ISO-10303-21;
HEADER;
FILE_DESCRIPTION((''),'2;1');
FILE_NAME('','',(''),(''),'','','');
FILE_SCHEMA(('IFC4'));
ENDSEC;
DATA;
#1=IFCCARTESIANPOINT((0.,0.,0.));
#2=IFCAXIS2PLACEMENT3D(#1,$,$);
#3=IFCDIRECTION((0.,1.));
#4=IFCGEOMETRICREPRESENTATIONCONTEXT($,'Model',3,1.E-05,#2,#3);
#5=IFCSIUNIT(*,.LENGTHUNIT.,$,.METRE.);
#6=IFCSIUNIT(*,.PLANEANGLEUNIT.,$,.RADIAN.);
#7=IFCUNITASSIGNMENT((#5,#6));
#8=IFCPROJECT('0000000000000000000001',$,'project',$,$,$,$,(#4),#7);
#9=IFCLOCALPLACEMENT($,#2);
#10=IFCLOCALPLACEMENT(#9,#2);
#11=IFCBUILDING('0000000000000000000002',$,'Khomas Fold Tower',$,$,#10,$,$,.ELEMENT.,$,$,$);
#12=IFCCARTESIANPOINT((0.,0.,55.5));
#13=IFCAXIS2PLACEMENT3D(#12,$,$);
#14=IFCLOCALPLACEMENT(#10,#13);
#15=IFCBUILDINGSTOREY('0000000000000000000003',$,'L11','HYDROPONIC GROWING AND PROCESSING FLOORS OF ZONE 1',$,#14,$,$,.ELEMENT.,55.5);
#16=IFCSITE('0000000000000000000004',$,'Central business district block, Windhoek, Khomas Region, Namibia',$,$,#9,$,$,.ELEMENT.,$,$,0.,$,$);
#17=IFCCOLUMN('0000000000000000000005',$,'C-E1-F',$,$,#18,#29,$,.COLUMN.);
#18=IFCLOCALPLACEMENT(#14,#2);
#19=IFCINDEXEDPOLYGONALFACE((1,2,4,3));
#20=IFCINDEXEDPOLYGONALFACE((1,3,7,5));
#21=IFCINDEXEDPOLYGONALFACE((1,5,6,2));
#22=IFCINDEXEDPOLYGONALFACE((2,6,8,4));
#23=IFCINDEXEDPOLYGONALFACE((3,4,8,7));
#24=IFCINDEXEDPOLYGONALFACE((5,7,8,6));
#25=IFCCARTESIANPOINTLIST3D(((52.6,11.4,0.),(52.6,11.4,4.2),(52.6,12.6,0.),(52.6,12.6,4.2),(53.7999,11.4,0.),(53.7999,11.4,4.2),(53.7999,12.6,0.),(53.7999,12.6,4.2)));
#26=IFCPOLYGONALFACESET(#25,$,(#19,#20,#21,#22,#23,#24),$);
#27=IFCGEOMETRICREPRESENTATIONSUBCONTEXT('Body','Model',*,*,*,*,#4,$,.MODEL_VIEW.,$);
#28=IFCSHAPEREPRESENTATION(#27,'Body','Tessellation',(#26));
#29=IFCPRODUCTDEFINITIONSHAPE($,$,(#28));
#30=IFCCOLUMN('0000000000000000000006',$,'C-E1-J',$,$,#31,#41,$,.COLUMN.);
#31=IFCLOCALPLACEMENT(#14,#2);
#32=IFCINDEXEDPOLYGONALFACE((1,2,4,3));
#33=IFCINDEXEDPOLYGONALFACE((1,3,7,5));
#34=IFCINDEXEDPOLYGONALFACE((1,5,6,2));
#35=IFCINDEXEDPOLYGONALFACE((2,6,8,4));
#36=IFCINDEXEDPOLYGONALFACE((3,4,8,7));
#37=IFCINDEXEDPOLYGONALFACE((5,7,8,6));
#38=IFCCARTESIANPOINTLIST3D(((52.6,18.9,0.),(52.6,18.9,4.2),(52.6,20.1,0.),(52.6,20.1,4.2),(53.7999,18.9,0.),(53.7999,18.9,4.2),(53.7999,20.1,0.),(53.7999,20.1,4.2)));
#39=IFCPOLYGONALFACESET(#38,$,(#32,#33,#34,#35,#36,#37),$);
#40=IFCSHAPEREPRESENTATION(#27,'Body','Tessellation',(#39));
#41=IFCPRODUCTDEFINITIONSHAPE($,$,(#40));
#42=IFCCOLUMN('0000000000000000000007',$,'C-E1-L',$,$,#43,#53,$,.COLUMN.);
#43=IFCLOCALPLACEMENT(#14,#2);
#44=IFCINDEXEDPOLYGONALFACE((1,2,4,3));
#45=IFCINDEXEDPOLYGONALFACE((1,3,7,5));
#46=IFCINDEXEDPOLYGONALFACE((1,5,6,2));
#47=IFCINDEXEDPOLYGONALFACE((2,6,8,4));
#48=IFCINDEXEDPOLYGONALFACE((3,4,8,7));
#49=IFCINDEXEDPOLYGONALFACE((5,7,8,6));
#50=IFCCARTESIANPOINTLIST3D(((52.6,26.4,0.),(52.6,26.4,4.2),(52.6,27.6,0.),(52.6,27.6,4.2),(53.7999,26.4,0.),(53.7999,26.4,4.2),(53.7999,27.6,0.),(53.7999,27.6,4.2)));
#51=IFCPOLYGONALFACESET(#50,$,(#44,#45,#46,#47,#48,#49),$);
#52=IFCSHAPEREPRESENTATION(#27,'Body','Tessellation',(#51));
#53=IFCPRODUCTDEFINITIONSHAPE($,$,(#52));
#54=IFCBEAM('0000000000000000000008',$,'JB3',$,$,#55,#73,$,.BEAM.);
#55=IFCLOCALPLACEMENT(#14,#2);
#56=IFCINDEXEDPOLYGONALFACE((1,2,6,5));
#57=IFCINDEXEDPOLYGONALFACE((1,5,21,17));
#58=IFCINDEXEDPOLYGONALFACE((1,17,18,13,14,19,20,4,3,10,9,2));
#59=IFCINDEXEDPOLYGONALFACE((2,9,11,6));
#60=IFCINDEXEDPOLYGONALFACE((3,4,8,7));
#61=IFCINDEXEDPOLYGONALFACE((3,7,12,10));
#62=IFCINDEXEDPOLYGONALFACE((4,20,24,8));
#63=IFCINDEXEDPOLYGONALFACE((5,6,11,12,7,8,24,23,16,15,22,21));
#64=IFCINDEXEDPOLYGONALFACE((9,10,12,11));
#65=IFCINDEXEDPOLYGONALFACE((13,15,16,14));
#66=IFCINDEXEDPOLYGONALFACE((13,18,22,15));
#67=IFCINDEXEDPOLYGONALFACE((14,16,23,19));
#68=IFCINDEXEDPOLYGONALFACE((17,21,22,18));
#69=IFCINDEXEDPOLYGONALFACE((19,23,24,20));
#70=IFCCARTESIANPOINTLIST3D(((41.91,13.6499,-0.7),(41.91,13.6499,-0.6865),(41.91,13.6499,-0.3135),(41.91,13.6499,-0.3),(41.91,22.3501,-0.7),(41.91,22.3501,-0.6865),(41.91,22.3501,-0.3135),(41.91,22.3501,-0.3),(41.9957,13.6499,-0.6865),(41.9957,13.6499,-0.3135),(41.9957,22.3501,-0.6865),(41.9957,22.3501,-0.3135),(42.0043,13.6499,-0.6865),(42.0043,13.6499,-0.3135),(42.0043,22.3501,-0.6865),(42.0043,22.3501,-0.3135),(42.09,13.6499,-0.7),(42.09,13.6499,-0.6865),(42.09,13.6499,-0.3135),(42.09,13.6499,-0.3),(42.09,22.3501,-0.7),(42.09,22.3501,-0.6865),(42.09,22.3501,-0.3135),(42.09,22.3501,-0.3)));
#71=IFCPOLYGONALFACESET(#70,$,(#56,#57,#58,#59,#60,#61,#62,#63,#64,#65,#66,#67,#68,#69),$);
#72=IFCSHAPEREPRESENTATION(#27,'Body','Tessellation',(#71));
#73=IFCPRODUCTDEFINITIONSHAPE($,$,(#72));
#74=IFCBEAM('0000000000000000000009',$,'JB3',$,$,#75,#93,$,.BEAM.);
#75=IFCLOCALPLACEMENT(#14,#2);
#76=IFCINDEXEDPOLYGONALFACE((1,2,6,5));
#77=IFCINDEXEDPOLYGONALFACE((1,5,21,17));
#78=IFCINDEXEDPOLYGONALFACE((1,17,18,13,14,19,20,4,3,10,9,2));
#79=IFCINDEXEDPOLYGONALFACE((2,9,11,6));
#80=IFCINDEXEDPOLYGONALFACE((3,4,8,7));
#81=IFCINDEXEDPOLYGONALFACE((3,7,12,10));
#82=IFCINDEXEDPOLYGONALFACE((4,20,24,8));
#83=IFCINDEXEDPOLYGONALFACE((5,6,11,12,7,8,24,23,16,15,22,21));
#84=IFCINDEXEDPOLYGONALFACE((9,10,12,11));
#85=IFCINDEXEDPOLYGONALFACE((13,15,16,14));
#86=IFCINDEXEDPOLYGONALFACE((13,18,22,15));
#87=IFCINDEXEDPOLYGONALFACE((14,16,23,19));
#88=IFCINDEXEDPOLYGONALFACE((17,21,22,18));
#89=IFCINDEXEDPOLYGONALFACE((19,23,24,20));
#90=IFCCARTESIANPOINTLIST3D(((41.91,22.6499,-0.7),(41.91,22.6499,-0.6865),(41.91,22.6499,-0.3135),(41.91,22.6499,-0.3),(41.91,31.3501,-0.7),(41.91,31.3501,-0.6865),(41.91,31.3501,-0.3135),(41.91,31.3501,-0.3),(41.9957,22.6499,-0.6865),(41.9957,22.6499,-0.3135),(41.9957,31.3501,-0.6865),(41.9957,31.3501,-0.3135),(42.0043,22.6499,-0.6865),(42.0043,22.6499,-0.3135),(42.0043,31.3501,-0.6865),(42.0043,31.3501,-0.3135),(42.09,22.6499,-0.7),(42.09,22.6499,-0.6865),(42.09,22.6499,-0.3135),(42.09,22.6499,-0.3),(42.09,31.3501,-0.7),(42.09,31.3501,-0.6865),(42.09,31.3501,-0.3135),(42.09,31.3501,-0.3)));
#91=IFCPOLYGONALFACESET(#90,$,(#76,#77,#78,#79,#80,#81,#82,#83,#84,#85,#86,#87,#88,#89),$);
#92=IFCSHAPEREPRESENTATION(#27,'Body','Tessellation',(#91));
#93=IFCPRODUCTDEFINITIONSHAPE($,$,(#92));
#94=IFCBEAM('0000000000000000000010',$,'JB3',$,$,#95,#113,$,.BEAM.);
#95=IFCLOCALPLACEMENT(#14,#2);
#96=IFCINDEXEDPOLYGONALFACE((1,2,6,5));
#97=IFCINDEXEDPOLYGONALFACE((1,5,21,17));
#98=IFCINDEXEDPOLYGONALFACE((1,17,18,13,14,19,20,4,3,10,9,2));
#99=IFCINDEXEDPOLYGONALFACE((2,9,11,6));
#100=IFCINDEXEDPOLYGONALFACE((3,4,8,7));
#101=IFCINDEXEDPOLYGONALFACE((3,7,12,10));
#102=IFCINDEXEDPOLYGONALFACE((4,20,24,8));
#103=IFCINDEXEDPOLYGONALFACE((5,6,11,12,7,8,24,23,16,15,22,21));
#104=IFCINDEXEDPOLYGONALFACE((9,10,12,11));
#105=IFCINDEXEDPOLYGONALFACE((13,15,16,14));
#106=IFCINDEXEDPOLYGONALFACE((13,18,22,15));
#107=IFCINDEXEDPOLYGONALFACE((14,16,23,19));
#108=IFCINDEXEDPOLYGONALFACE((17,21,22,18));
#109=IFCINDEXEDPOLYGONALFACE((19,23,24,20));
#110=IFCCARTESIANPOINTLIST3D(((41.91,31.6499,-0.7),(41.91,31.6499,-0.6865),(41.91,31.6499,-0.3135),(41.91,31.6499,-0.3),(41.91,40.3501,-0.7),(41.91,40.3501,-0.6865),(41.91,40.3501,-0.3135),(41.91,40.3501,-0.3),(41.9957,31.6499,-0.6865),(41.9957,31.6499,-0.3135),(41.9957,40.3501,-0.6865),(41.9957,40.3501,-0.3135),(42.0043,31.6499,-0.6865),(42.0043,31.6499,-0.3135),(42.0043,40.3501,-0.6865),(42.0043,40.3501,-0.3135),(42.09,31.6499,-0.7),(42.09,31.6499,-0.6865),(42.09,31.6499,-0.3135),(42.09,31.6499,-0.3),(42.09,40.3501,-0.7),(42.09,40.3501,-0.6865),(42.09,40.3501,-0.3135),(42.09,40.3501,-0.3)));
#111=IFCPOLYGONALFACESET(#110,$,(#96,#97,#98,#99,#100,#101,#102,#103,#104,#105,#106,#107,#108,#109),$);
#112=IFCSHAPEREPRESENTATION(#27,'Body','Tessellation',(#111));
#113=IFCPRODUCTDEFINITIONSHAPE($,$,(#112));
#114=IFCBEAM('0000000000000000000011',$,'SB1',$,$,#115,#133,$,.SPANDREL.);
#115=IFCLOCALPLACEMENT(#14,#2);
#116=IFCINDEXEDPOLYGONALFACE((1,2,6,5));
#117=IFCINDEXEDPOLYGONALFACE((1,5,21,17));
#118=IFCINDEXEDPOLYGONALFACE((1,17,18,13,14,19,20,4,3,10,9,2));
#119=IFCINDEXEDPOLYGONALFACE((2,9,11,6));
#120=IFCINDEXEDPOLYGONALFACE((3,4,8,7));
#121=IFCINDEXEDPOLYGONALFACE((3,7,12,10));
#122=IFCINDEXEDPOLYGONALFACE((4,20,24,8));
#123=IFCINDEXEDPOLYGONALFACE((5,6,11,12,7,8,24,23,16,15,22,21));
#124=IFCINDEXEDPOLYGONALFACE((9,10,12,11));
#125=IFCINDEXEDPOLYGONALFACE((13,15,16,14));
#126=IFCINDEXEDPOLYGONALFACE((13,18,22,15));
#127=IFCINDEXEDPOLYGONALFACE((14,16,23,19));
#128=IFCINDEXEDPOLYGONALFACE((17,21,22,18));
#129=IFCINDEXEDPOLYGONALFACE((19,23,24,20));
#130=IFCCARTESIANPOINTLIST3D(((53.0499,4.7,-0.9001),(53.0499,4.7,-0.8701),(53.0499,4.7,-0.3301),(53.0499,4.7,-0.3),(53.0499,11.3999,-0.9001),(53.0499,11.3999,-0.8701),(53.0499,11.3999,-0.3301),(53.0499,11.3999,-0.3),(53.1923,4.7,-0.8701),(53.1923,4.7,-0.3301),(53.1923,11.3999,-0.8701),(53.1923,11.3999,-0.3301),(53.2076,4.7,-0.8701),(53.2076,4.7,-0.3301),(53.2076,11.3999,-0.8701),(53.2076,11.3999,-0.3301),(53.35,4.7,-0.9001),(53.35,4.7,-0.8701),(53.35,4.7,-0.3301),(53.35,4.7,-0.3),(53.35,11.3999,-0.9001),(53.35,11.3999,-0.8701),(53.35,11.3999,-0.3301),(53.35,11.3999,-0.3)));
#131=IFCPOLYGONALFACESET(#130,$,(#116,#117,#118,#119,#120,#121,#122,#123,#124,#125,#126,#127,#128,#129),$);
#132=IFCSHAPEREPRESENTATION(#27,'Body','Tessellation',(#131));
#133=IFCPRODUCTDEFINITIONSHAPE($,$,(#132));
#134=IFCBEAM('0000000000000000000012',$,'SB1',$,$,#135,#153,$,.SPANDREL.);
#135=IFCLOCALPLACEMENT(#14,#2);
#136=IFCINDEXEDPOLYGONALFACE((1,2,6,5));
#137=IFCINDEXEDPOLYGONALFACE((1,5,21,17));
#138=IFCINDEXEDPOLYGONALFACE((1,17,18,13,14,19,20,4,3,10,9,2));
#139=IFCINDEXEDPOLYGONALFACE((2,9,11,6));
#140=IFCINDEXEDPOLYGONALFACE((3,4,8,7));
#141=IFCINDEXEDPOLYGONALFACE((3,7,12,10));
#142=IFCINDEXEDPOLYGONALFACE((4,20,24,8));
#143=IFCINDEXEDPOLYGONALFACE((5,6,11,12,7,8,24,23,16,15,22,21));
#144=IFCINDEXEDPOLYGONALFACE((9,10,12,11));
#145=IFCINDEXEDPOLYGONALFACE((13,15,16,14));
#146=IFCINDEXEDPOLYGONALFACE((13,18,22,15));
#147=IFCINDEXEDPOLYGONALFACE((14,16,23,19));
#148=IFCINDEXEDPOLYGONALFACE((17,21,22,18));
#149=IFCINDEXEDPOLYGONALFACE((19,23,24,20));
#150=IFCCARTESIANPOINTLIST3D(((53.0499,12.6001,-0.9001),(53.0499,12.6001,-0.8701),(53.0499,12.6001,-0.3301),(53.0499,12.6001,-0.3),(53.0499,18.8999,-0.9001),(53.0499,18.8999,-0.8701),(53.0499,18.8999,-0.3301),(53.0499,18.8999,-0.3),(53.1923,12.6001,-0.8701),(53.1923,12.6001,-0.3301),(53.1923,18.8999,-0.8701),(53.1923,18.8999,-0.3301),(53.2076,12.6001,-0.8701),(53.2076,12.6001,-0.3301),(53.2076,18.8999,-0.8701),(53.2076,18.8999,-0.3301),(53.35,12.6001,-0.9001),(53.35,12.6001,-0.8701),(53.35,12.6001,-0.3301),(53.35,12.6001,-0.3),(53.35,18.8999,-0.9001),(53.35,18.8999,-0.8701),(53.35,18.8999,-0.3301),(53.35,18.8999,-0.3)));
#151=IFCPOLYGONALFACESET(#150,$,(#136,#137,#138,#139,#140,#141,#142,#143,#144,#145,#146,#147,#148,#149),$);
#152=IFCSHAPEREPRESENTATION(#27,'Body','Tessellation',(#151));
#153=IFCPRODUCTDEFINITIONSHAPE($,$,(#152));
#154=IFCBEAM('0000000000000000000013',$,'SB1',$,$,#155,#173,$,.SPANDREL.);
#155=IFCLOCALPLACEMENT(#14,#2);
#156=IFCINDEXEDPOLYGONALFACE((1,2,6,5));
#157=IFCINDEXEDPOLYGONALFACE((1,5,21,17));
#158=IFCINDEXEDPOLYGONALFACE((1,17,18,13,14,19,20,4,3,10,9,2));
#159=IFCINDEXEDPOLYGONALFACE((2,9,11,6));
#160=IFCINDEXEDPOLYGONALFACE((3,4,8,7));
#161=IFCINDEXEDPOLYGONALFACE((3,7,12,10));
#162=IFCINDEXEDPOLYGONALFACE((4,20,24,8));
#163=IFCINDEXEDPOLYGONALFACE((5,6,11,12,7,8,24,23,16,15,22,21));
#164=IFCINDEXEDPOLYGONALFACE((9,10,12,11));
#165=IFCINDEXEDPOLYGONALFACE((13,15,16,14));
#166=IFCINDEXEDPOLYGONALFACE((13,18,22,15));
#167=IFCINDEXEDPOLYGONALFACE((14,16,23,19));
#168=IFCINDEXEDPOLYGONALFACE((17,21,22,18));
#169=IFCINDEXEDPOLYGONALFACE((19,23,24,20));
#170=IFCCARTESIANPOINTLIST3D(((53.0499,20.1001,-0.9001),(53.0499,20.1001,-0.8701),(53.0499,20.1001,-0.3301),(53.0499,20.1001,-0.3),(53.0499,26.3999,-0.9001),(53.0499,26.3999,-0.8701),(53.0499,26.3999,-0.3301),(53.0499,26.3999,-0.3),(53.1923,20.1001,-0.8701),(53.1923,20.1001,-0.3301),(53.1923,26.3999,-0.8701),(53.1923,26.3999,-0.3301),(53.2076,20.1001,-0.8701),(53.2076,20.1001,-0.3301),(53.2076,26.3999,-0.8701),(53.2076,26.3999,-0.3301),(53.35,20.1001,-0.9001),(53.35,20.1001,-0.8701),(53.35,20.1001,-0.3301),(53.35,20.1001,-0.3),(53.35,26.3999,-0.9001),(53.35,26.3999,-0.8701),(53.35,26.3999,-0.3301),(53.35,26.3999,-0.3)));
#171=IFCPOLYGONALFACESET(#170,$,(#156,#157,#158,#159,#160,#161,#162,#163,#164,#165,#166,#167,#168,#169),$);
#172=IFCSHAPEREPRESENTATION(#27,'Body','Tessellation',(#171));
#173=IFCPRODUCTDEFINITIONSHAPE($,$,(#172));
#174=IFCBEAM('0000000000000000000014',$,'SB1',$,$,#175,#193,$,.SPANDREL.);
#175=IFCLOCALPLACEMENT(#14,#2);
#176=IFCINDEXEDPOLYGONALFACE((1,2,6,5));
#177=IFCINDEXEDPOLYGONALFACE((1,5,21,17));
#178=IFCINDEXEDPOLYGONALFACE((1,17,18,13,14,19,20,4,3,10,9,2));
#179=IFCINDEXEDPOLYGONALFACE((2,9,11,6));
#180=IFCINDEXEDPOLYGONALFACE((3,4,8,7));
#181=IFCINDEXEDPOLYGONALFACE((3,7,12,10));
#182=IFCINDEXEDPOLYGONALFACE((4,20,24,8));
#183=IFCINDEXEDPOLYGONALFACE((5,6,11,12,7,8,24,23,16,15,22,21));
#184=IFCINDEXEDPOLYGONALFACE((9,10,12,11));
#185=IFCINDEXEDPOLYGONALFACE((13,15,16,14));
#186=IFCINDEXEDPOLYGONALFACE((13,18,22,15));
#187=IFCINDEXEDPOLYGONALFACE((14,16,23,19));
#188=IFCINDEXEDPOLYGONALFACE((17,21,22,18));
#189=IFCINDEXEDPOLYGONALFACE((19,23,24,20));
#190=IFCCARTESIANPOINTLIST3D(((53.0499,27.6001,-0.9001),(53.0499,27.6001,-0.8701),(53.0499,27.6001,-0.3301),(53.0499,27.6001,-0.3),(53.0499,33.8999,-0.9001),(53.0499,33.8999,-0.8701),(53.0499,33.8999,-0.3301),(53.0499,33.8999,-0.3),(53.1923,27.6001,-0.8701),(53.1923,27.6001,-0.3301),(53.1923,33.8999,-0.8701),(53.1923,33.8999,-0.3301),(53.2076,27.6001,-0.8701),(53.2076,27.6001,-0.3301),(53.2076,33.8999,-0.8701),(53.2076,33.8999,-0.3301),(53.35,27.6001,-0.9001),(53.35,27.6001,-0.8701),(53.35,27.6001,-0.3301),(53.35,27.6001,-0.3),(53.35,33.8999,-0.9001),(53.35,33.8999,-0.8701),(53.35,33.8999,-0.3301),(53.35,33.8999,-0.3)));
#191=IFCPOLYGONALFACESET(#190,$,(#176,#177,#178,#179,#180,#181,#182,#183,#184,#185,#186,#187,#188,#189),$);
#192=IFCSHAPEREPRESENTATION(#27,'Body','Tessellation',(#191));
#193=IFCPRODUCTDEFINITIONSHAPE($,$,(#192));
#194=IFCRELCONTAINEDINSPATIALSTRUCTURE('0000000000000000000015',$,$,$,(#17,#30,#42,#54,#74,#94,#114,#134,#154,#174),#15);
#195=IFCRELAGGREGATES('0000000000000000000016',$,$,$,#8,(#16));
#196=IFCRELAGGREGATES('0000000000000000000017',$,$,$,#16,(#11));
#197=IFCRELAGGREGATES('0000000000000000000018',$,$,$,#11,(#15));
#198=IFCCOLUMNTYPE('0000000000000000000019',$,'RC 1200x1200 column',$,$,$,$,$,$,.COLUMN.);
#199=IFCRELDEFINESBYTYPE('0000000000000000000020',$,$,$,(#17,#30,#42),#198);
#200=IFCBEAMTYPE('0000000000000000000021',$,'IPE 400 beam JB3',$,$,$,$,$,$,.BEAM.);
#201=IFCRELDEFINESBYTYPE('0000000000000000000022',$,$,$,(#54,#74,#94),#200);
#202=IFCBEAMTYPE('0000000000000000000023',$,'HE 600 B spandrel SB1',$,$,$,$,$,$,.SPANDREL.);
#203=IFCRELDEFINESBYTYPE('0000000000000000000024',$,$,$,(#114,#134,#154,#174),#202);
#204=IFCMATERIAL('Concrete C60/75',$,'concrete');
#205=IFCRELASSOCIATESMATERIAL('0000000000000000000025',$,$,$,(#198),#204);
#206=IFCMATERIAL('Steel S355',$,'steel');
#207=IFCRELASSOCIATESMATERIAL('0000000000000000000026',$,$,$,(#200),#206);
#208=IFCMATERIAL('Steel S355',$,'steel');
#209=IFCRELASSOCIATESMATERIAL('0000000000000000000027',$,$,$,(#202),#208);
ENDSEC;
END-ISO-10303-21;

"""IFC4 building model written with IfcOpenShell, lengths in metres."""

from ifc_helpers import new_model, si_unit, direction, frame, origin, origin_2d, place, context, subcontext, project, spatial, rectangle, i_section, extrude, source, transform, mapped, material, material_profile, profile_set, type_object, element, save


model = new_model("IFC4")

# Units and contexts
model_context = context("Model", 3, precision=1e-05, world=origin(), true_north=direction((0.0, 1.0)))
body_context = subcontext(model_context, "Body", "Model", "MODEL_VIEW")
ifc_project = project(units=[si_unit("LENGTHUNIT", "METRE"), si_unit("PLANEANGLEUNIT", "RADIAN")], contexts=[model_context])

# Site, building, storey
site_placement = place(None, origin())
site = spatial("IfcSite", under=ifc_project, at=site_placement, Name="Central business district block, Windhoek, Khomas Region, Namibia", CompositionType="ELEMENT", RefElevation=0.0)
building_placement = place(site_placement, origin())
building = spatial("IfcBuilding", under=site, at=building_placement, Name="Khomas Fold Tower", CompositionType="ELEMENT")
storey_placement = place(building_placement, frame((0.0, 0.0, 55.5)))
storey = spatial("IfcBuildingStorey", under=building, at=storey_placement, Name="L11", Description="HYDROPONIC GROWING AND PROCESSING FLOORS OF ZONE 1", CompositionType="ELEMENT", Elevation=55.5)

# Columns
ifc_material_1 = material(Name="Concrete C60/75", Category="concrete")
ifc_material_profile_1 = material_profile(ifc_material_1, rectangle(XDim=1.2, YDim=1.2, at=origin_2d()), Name="RC 1200x1200")
ifc_profile_set_1 = profile_set([ifc_material_profile_1], Name="Concrete C60/75")
column_type = type_object("IfcColumnType", Name="RC 1200x1200 column", PredefinedType="COLUMN", material=ifc_profile_set_1)
shared_shape_1 = source(origin(), body_context, "Body", "SweptSolid", [
    extrude(rectangle(XDim=1.2, YDim=1.2, at=origin_2d()), origin(), (0.0, 0.0, 1.0), 4.2),
])
for number, where, z_axis, x_axis, name in (
    (1, (53.2, 12.0, 0.0), (0.0, 0.0, 1.0), (1.0, 0.0, 0.0), "C-E1-F"),
    (2, (53.2, 19.5, 0.0), (0.0, 0.0, 1.0), (1.0, 0.0, 0.0), "C-E1-J"),
    (3, (53.2, 27.0, 0.0), (0.0, 0.0, 1.0), (1.0, 0.0, 0.0), "C-E1-L"),
):
    element("IfcColumn", number, at=place(storey_placement, frame(where, z_axis=z_axis, x_axis=x_axis)), inside=storey, type_object=column_type, Name=name, PredefinedType="COLUMN", context=body_context, shape_type="MappedRepresentation", body=[
        mapped(shared_shape_1, transform((0.0, 0.0, 0.0))),
    ])

# Beams
ifc_material_2 = material(Name="Steel S355", Category="steel")
ifc_material_profile_2 = material_profile(ifc_material_2, i_section(OverallWidth=0.1799, OverallDepth=0.3999, WebThickness=0.0085, FlangeThickness=0.0134, at=origin_2d()), Name="IPE 400")
ifc_profile_set_2 = profile_set([ifc_material_profile_2], Name="Steel S355")
beam_type_1 = type_object("IfcBeamType", Name="IPE 400 beam JB3", PredefinedType="BEAM", material=ifc_profile_set_2)
shared_shape_2 = source(origin(), body_context, "Body", "SweptSolid", [
    extrude(i_section(OverallWidth=0.1799, OverallDepth=0.3999, WebThickness=0.0085, FlangeThickness=0.0134, at=origin_2d()), origin(), (0.0, 0.0, 1.0), 8.7002),
])
for number, where, z_axis, x_axis, name in (
    (4, (42.0, 13.6499, -0.5), (0.0, 1.0, 0.0), (-1.0, 0.0, 0.0), "JB3"),
    (5, (42.0, 22.6499, -0.5), (0.0, 1.0, 0.0), (-1.0, 0.0, 0.0), "JB3"),
    (6, (42.0, 31.6499, -0.5), (0.0, 1.0, 0.0), (-1.0, 0.0, 0.0), "JB3"),
):
    element("IfcBeam", number, at=place(storey_placement, frame(where, z_axis=z_axis, x_axis=x_axis)), inside=storey, type_object=beam_type_1, Name=name, PredefinedType="BEAM", context=body_context, shape_type="MappedRepresentation", body=[
        mapped(shared_shape_2, transform((0.0, 0.0, 0.0))),
    ])
ifc_material_3 = material(Name="Steel S355", Category="steel")
ifc_material_profile_3 = material_profile(ifc_material_3, i_section(OverallWidth=0.3, OverallDepth=0.6001, WebThickness=0.0154, FlangeThickness=0.03, at=origin_2d()), Name="HE 600 B")
ifc_profile_set_3 = profile_set([ifc_material_profile_3], Name="Steel S355")
beam_type_2 = type_object("IfcBeamType", Name="HE 600 B spandrel SB1", PredefinedType="SPANDREL", material=ifc_profile_set_3)
shared_shape_3 = source(origin(), body_context, "Body", "SweptSolid", [
    extrude(i_section(OverallWidth=0.3, OverallDepth=0.6001, WebThickness=0.0154, FlangeThickness=0.03, at=origin_2d()), origin(), (0.0, 0.0, 1.0), 6.7),
])
beam_placement = place(storey_placement, frame((53.2, 4.7, -0.6001), z_axis=(0.0, 1.0, 0.0), x_axis=(-1.0, 0.0, 0.0)))
element("IfcBeam", 7, at=beam_placement, inside=storey, type_object=beam_type_2, Name="SB1", PredefinedType="SPANDREL", context=body_context, shape_type="MappedRepresentation", body=[
    mapped(shared_shape_3, transform((0.0, 0.0, 0.0))),
])
shared_shape_4 = source(origin(), body_context, "Body", "SweptSolid", [
    extrude(i_section(OverallWidth=0.3, OverallDepth=0.6001, WebThickness=0.0154, FlangeThickness=0.03, at=origin_2d()), origin(), (0.0, 0.0, 1.0), 6.2998),
])
for number, where, z_axis, x_axis, name in (
    (8, (53.2, 12.6001, -0.6001), (0.0, 1.0, 0.0), (-1.0, 0.0, 0.0), "SB1"),
    (9, (53.2, 20.1001, -0.6001), (0.0, 1.0, 0.0), (-1.0, 0.0, 0.0), "SB1"),
    (10, (53.2, 27.6001, -0.6001), (0.0, 1.0, 0.0), (-1.0, 0.0, 0.0), "SB1"),
):
    element("IfcBeam", number, at=place(storey_placement, frame(where, z_axis=z_axis, x_axis=x_axis)), inside=storey, type_object=beam_type_2, Name=name, PredefinedType="SPANDREL", context=body_context, shape_type="MappedRepresentation", body=[
        mapped(shared_shape_4, transform((0.0, 0.0, 0.0))),
    ])

save(model, "model.ifc")
